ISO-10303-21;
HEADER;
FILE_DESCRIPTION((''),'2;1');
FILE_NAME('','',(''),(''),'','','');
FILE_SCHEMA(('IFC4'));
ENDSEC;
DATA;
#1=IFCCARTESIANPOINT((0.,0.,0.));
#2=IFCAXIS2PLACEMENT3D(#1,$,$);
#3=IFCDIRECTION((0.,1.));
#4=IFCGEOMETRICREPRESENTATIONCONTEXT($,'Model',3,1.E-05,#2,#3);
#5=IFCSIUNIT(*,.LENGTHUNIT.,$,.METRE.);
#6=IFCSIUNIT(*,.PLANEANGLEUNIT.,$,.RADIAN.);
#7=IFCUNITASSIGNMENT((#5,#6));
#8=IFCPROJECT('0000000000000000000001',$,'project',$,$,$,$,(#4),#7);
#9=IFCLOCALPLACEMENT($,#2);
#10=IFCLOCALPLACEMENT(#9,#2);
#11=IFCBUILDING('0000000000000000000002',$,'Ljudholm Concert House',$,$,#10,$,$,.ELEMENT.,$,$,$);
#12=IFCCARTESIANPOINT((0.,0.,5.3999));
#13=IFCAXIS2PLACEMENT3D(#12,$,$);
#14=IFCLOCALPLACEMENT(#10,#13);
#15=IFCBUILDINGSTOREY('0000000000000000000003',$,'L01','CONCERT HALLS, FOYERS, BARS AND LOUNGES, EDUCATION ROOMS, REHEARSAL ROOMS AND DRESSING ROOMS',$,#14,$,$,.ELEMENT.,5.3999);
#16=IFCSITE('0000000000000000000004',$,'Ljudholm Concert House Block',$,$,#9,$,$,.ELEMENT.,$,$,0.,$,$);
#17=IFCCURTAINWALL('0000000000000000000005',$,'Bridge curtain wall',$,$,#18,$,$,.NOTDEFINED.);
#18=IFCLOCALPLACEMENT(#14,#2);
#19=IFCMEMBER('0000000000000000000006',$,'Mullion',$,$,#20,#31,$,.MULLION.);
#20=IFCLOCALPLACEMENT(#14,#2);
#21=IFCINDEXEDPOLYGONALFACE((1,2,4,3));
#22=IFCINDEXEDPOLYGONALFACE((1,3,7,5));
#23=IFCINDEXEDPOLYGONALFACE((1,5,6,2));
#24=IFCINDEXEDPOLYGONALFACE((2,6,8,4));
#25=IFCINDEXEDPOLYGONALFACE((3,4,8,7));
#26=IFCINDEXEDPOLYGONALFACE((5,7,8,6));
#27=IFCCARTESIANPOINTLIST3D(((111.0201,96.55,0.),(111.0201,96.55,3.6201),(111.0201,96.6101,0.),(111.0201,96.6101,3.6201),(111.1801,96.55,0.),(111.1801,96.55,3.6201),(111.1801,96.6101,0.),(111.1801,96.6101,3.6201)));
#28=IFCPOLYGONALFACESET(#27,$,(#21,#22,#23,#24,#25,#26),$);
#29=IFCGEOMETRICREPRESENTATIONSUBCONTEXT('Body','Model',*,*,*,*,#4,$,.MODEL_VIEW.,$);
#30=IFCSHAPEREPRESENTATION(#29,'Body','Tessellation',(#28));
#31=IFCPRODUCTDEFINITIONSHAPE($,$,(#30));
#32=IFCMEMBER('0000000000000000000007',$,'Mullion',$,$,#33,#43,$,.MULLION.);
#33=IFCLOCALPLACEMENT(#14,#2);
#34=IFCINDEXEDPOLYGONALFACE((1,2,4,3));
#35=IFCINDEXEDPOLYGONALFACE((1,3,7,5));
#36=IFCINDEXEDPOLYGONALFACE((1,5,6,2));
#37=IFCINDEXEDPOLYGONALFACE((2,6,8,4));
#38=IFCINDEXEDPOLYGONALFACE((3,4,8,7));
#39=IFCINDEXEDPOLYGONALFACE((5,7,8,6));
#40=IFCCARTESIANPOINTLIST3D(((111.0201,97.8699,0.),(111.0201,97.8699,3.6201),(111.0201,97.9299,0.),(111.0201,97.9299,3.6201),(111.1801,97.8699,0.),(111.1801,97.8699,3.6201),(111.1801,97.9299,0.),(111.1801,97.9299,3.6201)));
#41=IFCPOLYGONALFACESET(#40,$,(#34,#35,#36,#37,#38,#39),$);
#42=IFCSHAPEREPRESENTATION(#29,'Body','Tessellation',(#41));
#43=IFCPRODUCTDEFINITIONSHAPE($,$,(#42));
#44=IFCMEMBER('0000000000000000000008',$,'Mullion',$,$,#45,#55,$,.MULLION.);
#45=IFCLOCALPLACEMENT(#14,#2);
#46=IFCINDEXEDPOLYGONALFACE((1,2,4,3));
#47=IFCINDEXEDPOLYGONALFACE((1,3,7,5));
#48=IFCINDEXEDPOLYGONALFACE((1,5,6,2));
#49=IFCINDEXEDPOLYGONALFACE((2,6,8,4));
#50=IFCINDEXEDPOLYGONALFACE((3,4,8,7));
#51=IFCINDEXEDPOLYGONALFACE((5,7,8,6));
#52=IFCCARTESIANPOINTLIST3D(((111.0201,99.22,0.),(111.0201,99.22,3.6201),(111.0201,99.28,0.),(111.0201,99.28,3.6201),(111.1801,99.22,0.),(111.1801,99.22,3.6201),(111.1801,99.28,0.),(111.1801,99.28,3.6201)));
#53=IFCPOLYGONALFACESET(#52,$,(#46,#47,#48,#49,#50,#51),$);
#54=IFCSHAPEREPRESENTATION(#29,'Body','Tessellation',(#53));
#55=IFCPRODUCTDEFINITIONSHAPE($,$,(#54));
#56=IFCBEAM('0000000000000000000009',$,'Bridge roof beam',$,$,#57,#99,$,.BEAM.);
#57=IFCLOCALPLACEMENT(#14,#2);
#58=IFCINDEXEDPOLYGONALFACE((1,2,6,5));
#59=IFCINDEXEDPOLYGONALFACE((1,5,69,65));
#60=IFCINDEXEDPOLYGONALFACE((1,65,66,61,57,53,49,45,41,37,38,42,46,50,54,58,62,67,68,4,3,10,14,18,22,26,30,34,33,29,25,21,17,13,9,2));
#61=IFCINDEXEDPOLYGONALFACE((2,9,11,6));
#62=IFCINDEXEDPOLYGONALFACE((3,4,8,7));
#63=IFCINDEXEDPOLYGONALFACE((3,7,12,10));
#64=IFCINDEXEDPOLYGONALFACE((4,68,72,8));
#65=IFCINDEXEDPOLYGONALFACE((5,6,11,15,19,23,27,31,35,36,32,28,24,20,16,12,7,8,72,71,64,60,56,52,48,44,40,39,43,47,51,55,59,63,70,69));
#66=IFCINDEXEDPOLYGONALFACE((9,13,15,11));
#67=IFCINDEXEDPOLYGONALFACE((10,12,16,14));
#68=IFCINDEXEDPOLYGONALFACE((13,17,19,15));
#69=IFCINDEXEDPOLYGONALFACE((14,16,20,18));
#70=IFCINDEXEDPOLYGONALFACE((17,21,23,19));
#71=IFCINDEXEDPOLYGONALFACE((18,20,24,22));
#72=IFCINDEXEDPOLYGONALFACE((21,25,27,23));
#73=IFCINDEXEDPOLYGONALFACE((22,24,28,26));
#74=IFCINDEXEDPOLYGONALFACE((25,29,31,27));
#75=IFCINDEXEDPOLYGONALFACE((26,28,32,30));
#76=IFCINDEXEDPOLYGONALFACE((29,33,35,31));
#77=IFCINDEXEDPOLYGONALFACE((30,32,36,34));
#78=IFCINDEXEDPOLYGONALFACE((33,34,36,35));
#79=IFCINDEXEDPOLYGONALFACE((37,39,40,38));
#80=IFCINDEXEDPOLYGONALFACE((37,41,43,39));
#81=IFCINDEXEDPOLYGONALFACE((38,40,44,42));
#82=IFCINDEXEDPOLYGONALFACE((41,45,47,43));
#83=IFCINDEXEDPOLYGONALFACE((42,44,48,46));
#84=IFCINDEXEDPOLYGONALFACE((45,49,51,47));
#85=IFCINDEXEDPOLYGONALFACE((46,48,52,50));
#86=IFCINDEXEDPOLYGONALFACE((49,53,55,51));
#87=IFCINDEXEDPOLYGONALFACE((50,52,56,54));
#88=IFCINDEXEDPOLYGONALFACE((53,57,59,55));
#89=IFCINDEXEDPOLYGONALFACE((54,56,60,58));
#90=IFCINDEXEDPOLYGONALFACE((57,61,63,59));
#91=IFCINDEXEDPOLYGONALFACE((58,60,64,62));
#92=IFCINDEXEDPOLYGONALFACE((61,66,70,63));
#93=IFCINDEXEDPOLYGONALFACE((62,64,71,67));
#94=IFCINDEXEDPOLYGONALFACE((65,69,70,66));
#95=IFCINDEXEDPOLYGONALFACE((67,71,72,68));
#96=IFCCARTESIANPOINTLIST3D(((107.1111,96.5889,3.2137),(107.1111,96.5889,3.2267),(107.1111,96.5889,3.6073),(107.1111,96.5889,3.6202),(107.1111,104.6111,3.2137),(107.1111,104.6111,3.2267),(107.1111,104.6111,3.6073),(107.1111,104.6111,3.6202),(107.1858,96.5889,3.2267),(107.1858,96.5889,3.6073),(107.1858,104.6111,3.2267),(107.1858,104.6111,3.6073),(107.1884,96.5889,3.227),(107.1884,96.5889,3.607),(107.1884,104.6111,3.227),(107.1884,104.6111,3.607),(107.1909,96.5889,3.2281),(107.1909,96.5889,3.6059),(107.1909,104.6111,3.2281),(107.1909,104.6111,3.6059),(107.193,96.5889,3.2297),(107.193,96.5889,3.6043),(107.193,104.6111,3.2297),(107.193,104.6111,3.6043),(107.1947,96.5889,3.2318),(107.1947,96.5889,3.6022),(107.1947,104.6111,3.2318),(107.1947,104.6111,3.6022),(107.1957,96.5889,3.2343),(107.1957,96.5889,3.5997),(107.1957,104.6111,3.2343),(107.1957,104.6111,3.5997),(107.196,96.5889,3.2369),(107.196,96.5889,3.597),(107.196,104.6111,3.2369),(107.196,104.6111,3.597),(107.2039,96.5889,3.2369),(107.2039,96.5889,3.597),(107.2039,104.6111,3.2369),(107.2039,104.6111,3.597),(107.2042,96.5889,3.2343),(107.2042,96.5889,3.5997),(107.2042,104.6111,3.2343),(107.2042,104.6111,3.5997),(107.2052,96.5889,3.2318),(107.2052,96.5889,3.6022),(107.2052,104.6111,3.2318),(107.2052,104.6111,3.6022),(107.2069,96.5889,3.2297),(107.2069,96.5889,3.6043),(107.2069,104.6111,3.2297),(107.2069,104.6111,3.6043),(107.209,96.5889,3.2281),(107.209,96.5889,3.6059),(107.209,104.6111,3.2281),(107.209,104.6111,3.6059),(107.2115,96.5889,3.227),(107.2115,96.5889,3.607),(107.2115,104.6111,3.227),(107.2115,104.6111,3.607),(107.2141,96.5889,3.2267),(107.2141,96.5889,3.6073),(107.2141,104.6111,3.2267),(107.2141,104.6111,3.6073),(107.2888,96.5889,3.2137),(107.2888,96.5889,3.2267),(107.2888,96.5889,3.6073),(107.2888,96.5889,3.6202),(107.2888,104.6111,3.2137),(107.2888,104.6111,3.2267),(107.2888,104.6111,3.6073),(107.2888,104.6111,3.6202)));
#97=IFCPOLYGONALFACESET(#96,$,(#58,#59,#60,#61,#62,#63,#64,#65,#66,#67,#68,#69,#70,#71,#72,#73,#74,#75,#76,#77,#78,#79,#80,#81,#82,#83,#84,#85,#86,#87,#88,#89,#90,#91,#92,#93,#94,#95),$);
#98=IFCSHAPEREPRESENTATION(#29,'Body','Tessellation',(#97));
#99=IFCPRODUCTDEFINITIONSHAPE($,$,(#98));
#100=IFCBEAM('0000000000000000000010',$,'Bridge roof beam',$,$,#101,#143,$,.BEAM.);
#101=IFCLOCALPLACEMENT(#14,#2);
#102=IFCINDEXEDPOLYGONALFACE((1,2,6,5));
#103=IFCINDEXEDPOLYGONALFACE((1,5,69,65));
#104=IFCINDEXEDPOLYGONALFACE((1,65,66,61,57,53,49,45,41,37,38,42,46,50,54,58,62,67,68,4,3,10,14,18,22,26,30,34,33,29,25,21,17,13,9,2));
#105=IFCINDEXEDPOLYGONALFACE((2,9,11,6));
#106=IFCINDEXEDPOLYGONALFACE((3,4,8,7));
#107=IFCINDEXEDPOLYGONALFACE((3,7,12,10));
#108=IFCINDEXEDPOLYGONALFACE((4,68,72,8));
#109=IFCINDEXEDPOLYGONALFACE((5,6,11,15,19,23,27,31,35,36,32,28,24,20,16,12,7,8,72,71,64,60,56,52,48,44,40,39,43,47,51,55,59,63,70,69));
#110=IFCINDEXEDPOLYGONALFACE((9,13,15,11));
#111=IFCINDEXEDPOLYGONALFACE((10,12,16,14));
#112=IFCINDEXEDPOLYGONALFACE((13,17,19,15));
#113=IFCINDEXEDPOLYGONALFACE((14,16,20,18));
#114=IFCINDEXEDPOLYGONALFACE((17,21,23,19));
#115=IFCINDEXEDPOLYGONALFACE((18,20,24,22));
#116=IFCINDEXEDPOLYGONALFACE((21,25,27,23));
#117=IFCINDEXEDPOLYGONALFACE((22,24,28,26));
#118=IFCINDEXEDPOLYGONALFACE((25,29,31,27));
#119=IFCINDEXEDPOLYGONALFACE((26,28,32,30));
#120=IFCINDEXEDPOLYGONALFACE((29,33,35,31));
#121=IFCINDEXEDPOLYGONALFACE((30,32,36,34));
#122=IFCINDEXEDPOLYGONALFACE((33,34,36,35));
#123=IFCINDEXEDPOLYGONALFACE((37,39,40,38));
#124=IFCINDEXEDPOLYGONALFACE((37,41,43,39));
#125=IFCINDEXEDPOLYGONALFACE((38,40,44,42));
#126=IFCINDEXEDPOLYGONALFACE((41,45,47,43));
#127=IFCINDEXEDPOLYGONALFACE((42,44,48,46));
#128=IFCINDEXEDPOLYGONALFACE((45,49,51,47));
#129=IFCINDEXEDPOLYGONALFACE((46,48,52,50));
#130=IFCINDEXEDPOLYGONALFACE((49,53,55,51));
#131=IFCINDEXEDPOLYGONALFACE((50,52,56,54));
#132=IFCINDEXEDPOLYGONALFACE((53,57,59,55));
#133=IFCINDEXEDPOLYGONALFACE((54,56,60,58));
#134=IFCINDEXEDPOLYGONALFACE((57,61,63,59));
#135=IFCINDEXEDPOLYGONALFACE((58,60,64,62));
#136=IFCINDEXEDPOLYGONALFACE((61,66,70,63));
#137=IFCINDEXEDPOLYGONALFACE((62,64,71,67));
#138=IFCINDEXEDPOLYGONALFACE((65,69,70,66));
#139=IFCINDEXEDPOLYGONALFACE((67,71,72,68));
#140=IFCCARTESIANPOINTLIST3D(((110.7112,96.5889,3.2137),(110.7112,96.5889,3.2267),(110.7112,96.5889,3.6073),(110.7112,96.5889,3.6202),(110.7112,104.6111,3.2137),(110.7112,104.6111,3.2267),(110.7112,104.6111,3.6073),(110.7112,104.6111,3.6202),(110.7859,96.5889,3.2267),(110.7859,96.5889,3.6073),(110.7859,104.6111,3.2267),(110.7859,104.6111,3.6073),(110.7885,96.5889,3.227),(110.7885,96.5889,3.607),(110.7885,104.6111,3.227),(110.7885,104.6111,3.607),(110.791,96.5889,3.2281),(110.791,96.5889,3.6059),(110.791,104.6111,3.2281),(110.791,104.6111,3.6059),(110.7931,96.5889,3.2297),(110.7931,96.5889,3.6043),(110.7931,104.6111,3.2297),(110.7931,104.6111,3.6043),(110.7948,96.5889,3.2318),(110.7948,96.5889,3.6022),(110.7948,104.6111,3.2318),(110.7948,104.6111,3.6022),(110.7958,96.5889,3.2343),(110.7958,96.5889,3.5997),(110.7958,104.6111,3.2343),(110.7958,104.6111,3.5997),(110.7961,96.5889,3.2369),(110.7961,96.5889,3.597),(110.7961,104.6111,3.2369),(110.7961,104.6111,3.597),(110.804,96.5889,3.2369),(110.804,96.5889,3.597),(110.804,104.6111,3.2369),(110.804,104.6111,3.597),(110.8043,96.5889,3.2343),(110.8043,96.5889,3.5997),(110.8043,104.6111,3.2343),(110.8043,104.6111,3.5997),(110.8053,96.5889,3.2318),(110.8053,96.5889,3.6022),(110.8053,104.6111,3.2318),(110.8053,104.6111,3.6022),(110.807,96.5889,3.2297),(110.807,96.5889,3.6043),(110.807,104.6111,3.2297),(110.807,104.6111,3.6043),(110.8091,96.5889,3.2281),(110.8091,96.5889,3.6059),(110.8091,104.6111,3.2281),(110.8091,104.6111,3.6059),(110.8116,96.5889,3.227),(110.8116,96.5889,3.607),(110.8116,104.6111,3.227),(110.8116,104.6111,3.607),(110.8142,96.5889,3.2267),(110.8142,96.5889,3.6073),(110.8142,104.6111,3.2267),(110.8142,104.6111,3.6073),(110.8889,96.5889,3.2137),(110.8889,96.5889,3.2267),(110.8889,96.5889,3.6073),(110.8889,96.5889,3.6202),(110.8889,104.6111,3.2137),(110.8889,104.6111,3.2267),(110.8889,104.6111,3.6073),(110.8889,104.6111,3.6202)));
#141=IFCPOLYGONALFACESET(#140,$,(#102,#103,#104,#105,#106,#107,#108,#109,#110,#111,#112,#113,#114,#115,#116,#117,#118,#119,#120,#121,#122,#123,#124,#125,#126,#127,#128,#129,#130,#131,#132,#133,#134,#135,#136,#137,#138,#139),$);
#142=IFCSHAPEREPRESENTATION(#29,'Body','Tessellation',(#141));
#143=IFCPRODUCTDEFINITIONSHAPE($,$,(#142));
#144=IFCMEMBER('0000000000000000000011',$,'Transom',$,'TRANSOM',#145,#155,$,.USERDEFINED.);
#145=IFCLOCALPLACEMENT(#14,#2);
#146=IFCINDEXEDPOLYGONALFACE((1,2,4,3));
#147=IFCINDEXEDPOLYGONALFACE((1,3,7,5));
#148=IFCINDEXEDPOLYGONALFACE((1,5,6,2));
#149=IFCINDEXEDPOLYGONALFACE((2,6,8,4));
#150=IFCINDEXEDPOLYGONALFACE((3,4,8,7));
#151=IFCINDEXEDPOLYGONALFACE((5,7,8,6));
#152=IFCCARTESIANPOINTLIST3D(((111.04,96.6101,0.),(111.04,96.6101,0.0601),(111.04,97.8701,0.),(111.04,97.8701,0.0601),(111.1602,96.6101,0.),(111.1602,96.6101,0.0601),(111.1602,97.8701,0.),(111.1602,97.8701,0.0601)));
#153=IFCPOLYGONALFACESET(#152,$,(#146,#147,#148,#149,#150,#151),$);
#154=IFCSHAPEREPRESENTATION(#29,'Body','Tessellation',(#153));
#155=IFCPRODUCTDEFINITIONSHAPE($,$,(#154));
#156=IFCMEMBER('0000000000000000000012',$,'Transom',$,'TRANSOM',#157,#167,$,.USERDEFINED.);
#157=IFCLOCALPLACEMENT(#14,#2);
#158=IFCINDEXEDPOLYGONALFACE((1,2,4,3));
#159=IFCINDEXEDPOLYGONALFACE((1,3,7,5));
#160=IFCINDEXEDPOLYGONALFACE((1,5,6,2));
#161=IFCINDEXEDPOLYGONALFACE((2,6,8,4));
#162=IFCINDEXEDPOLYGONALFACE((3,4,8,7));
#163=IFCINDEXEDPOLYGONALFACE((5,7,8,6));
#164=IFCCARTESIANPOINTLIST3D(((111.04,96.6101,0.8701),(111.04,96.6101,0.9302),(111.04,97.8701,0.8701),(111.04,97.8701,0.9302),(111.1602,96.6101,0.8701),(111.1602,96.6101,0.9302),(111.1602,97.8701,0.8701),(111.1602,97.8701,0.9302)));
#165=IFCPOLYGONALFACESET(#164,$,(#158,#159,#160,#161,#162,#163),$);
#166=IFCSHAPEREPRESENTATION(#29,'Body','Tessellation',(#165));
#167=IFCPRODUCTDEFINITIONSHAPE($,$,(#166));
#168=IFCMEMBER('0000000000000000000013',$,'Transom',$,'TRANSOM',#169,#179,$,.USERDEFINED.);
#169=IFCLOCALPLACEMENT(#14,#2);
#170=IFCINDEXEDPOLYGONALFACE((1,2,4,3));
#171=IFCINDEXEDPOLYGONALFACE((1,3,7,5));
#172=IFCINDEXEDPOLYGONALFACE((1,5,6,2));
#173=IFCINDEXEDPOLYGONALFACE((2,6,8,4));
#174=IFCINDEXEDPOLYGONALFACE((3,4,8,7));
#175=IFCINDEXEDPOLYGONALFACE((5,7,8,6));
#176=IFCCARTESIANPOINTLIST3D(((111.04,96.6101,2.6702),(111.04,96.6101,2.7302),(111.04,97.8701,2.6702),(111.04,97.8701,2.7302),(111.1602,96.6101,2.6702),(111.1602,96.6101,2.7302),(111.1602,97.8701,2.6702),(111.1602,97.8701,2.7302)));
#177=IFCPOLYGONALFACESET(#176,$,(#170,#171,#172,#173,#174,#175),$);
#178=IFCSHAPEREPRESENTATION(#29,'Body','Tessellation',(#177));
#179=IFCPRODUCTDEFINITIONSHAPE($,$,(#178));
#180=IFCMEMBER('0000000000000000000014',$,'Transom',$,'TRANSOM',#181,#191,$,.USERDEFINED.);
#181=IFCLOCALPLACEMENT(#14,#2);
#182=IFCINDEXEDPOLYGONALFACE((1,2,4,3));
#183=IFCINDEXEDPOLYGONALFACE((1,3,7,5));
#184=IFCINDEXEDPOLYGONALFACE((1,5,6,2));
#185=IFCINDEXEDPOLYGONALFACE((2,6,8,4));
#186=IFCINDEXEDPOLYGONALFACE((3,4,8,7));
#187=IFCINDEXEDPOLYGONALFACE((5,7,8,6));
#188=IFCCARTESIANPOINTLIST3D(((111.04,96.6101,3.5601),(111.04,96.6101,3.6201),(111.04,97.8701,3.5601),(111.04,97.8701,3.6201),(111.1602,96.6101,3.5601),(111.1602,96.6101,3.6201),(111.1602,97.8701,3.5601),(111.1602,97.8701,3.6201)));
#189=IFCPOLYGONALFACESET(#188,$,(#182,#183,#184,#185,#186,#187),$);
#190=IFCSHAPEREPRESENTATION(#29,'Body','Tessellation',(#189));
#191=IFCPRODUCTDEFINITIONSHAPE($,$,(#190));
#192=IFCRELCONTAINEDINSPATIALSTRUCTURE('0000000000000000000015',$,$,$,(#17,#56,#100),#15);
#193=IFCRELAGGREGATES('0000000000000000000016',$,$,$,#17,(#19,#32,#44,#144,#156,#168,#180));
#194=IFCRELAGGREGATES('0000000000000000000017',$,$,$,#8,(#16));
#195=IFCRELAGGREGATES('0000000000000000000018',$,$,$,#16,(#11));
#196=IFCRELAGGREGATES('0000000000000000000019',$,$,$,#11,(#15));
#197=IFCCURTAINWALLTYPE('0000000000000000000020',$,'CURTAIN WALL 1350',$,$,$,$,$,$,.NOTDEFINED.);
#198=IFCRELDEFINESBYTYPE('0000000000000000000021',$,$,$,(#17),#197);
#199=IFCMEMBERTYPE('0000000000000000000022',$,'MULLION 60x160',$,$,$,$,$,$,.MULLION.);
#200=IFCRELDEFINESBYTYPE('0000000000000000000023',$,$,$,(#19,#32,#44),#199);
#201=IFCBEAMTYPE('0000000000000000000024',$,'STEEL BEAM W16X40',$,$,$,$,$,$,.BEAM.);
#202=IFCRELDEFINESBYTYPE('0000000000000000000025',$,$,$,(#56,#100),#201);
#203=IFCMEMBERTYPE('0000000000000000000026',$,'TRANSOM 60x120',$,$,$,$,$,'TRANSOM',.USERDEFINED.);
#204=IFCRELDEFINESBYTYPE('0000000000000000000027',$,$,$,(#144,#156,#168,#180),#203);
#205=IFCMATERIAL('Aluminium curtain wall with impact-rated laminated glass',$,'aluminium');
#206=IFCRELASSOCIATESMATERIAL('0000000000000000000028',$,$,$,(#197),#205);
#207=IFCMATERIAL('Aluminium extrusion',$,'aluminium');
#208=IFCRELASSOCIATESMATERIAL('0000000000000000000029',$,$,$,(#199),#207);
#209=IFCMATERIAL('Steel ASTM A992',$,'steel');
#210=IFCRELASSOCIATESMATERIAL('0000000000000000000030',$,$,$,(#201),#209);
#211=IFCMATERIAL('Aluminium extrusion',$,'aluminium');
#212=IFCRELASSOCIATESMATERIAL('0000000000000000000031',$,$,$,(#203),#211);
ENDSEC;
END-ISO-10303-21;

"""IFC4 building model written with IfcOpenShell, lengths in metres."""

from ifc_helpers import new_model, si_unit, direction, frame, origin, origin_2d, place, context, subcontext, project, spatial, rectangle, i_section, extrude, material, material_profile, profile_set, type_object, element, aggregate, save


model = new_model("IFC4")

# Units and contexts
model_context = context("Model", 3, precision=1e-05, world=origin(), true_north=direction((0.0, 1.0)))
body_context = subcontext(model_context, "Body", "Model", "MODEL_VIEW")
ifc_project = project(units=[si_unit("LENGTHUNIT", "METRE"), si_unit("PLANEANGLEUNIT", "RADIAN")], contexts=[model_context])

# Site, building, storey
site_placement = place(None, origin())
site = spatial("IfcSite", under=ifc_project, at=site_placement, Name="Ljudholm Concert House Block", CompositionType="ELEMENT", RefElevation=0.0)
building_placement = place(site_placement, origin())
building = spatial("IfcBuilding", under=site, at=building_placement, Name="Ljudholm Concert House", CompositionType="ELEMENT")
storey_placement = place(building_placement, frame((0.0, 0.0, 5.3999)))
storey = spatial("IfcBuildingStorey", under=building, at=storey_placement, Name="L01", Description="CONCERT HALLS, FOYERS, BARS AND LOUNGES, EDUCATION ROOMS, REHEARSAL ROOMS AND DRESSING ROOMS", CompositionType="ELEMENT", Elevation=5.3999)

# Curtain wall, members
ifc_material_1 = material(Name="Aluminium curtain wall with impact-rated laminated glass", Category="aluminium")
curtain_wall_type = type_object("IfcCurtainWallType", Name="CURTAIN WALL 1350", PredefinedType="NOTDEFINED", material=ifc_material_1)
curtain_wall_placement = place(storey_placement, origin())
curtain_wall = element("IfcCurtainWall", 1, at=curtain_wall_placement, inside=storey, type_object=curtain_wall_type, Name="Bridge curtain wall", PredefinedType="NOTDEFINED")
ifc_material_2 = material(Name="Aluminium extrusion", Category="aluminium")
ifc_material_profile_1 = material_profile(ifc_material_2, rectangle(XDim=0.1599, YDim=0.0601, at=origin_2d()), Name="MULLION 60x160")
ifc_profile_set_1 = profile_set([ifc_material_profile_1], Name="Aluminium extrusion")
member_type_1 = type_object("IfcMemberType", Name="MULLION 60x160", PredefinedType="MULLION", material=ifc_profile_set_1)
member_1_placement = place(storey_placement, frame((111.1001, 96.5801, 0.0), z_axis=(0.0, 0.0, 1.0), x_axis=(-1.0, 0.0, 0.0)))
member_1 = element("IfcMember", 2, at=member_1_placement, type_object=member_type_1, Name="Mullion", PredefinedType="MULLION", context=body_context, shape_type="SweptSolid", body=[
    extrude(rectangle(XDim=0.1599, YDim=0.0601, at=origin_2d()), origin(), (0.0, 0.0, 1.0), 3.6201),
])
member_2_placement = place(storey_placement, frame((111.1001, 97.8999, 0.0), z_axis=(0.0, 0.0, 1.0), x_axis=(-1.0, 0.0, 0.0)))
member_2 = element("IfcMember", 3, at=member_2_placement, type_object=member_type_1, Name="Mullion", PredefinedType="MULLION", context=body_context, shape_type="SweptSolid", body=[
    extrude(rectangle(XDim=0.1599, YDim=0.0601, at=origin_2d()), origin(), (0.0, 0.0, 1.0), 3.6201),
])
member_3_placement = place(storey_placement, frame((111.1001, 99.25, 0.0), z_axis=(0.0, 0.0, 1.0), x_axis=(-1.0, 0.0, 0.0)))
member_3 = element("IfcMember", 4, at=member_3_placement, type_object=member_type_1, Name="Mullion", PredefinedType="MULLION", context=body_context, shape_type="SweptSolid", body=[
    extrude(rectangle(XDim=0.1599, YDim=0.0601, at=origin_2d()), origin(), (0.0, 0.0, 1.0), 3.6201),
])

# Beams
ifc_material_3 = material(Name="Steel ASTM A992", Category="steel")
ifc_material_profile_2 = material_profile(ifc_material_3, i_section(OverallWidth=0.1777, OverallDepth=0.4065, WebThickness=0.0078, FlangeThickness=0.0129, FilletRadius=0.0103, at=origin_2d()), Name="W16X40")
ifc_profile_set_2 = profile_set([ifc_material_profile_2], Name="Steel ASTM A992")
beam_type = type_object("IfcBeamType", Name="STEEL BEAM W16X40", PredefinedType="BEAM", material=ifc_profile_set_2)
for number, where, z_axis, x_axis, name in (
    (5, (107.2, 96.5889, 3.417), (0.0, 1.0, 0.0), (-1.0, 0.0, 0.0), "Bridge roof beam"),
    (6, (110.8, 96.5889, 3.417), (0.0, 1.0, 0.0), (-1.0, 0.0, 0.0), "Bridge roof beam"),
):
    element("IfcBeam", number, at=place(storey_placement, frame(where, z_axis=z_axis, x_axis=x_axis)), inside=storey, type_object=beam_type, Name=name, PredefinedType="BEAM", context=body_context, shape_type="SweptSolid", body=[
        extrude(i_section(OverallWidth=0.1777, OverallDepth=0.4065, WebThickness=0.0078, FlangeThickness=0.0129, FilletRadius=0.0103, at=origin_2d()), origin(), (0.0, 0.0, 1.0), 8.0222),
    ])

# Members
ifc_material_4 = material(Name="Aluminium extrusion", Category="aluminium")
ifc_material_profile_3 = material_profile(ifc_material_4, rectangle(XDim=0.1201, YDim=0.0601, at=origin_2d()), Name="TRANSOM 60x120")
ifc_profile_set_3 = profile_set([ifc_material_profile_3], Name="Aluminium extrusion")
member_type_2 = type_object("IfcMemberType", Name="TRANSOM 60x120", ElementType="TRANSOM", PredefinedType="USERDEFINED", material=ifc_profile_set_3)
member_4_placement = place(storey_placement, frame((111.1001, 96.6101, 0.03), z_axis=(0.0, 1.0, 0.0), x_axis=(-1.0, 0.0, 0.0)))
member_4 = element("IfcMember", 7, at=member_4_placement, type_object=member_type_2, Name="Transom", ObjectType="TRANSOM", PredefinedType="USERDEFINED", context=body_context, shape_type="SweptSolid", body=[
    extrude(rectangle(XDim=0.1201, YDim=0.0601, at=origin_2d()), origin(), (0.0, 0.0, 1.0), 1.26),
])
member_5_placement = place(storey_placement, frame((111.1001, 96.6101, 0.9001), z_axis=(0.0, 1.0, 0.0), x_axis=(-1.0, 0.0, 0.0)))
member_5 = element("IfcMember", 8, at=member_5_placement, type_object=member_type_2, Name="Transom", ObjectType="TRANSOM", PredefinedType="USERDEFINED", context=body_context, shape_type="SweptSolid", body=[
    extrude(rectangle(XDim=0.1201, YDim=0.0601, at=origin_2d()), origin(), (0.0, 0.0, 1.0), 1.26),
])
member_6_placement = place(storey_placement, frame((111.1001, 96.6101, 2.7002), z_axis=(0.0, 1.0, 0.0), x_axis=(-1.0, 0.0, 0.0)))
member_6 = element("IfcMember", 9, at=member_6_placement, type_object=member_type_2, Name="Transom", ObjectType="TRANSOM", PredefinedType="USERDEFINED", context=body_context, shape_type="SweptSolid", body=[
    extrude(rectangle(XDim=0.1201, YDim=0.0601, at=origin_2d()), origin(), (0.0, 0.0, 1.0), 1.26),
])
member_7_placement = place(storey_placement, frame((111.1001, 96.6101, 3.5901), z_axis=(0.0, 1.0, 0.0), x_axis=(-1.0, 0.0, 0.0)))
member_7 = element("IfcMember", 10, at=member_7_placement, type_object=member_type_2, Name="Transom", ObjectType="TRANSOM", PredefinedType="USERDEFINED", context=body_context, shape_type="SweptSolid", body=[
    extrude(rectangle(XDim=0.1201, YDim=0.0601, at=origin_2d()), origin(), (0.0, 0.0, 1.0), 1.26),
])

aggregate(curtain_wall, [member_1, member_2, member_3, member_4, member_5, member_6, member_7])

save(model, "model.ifc")
